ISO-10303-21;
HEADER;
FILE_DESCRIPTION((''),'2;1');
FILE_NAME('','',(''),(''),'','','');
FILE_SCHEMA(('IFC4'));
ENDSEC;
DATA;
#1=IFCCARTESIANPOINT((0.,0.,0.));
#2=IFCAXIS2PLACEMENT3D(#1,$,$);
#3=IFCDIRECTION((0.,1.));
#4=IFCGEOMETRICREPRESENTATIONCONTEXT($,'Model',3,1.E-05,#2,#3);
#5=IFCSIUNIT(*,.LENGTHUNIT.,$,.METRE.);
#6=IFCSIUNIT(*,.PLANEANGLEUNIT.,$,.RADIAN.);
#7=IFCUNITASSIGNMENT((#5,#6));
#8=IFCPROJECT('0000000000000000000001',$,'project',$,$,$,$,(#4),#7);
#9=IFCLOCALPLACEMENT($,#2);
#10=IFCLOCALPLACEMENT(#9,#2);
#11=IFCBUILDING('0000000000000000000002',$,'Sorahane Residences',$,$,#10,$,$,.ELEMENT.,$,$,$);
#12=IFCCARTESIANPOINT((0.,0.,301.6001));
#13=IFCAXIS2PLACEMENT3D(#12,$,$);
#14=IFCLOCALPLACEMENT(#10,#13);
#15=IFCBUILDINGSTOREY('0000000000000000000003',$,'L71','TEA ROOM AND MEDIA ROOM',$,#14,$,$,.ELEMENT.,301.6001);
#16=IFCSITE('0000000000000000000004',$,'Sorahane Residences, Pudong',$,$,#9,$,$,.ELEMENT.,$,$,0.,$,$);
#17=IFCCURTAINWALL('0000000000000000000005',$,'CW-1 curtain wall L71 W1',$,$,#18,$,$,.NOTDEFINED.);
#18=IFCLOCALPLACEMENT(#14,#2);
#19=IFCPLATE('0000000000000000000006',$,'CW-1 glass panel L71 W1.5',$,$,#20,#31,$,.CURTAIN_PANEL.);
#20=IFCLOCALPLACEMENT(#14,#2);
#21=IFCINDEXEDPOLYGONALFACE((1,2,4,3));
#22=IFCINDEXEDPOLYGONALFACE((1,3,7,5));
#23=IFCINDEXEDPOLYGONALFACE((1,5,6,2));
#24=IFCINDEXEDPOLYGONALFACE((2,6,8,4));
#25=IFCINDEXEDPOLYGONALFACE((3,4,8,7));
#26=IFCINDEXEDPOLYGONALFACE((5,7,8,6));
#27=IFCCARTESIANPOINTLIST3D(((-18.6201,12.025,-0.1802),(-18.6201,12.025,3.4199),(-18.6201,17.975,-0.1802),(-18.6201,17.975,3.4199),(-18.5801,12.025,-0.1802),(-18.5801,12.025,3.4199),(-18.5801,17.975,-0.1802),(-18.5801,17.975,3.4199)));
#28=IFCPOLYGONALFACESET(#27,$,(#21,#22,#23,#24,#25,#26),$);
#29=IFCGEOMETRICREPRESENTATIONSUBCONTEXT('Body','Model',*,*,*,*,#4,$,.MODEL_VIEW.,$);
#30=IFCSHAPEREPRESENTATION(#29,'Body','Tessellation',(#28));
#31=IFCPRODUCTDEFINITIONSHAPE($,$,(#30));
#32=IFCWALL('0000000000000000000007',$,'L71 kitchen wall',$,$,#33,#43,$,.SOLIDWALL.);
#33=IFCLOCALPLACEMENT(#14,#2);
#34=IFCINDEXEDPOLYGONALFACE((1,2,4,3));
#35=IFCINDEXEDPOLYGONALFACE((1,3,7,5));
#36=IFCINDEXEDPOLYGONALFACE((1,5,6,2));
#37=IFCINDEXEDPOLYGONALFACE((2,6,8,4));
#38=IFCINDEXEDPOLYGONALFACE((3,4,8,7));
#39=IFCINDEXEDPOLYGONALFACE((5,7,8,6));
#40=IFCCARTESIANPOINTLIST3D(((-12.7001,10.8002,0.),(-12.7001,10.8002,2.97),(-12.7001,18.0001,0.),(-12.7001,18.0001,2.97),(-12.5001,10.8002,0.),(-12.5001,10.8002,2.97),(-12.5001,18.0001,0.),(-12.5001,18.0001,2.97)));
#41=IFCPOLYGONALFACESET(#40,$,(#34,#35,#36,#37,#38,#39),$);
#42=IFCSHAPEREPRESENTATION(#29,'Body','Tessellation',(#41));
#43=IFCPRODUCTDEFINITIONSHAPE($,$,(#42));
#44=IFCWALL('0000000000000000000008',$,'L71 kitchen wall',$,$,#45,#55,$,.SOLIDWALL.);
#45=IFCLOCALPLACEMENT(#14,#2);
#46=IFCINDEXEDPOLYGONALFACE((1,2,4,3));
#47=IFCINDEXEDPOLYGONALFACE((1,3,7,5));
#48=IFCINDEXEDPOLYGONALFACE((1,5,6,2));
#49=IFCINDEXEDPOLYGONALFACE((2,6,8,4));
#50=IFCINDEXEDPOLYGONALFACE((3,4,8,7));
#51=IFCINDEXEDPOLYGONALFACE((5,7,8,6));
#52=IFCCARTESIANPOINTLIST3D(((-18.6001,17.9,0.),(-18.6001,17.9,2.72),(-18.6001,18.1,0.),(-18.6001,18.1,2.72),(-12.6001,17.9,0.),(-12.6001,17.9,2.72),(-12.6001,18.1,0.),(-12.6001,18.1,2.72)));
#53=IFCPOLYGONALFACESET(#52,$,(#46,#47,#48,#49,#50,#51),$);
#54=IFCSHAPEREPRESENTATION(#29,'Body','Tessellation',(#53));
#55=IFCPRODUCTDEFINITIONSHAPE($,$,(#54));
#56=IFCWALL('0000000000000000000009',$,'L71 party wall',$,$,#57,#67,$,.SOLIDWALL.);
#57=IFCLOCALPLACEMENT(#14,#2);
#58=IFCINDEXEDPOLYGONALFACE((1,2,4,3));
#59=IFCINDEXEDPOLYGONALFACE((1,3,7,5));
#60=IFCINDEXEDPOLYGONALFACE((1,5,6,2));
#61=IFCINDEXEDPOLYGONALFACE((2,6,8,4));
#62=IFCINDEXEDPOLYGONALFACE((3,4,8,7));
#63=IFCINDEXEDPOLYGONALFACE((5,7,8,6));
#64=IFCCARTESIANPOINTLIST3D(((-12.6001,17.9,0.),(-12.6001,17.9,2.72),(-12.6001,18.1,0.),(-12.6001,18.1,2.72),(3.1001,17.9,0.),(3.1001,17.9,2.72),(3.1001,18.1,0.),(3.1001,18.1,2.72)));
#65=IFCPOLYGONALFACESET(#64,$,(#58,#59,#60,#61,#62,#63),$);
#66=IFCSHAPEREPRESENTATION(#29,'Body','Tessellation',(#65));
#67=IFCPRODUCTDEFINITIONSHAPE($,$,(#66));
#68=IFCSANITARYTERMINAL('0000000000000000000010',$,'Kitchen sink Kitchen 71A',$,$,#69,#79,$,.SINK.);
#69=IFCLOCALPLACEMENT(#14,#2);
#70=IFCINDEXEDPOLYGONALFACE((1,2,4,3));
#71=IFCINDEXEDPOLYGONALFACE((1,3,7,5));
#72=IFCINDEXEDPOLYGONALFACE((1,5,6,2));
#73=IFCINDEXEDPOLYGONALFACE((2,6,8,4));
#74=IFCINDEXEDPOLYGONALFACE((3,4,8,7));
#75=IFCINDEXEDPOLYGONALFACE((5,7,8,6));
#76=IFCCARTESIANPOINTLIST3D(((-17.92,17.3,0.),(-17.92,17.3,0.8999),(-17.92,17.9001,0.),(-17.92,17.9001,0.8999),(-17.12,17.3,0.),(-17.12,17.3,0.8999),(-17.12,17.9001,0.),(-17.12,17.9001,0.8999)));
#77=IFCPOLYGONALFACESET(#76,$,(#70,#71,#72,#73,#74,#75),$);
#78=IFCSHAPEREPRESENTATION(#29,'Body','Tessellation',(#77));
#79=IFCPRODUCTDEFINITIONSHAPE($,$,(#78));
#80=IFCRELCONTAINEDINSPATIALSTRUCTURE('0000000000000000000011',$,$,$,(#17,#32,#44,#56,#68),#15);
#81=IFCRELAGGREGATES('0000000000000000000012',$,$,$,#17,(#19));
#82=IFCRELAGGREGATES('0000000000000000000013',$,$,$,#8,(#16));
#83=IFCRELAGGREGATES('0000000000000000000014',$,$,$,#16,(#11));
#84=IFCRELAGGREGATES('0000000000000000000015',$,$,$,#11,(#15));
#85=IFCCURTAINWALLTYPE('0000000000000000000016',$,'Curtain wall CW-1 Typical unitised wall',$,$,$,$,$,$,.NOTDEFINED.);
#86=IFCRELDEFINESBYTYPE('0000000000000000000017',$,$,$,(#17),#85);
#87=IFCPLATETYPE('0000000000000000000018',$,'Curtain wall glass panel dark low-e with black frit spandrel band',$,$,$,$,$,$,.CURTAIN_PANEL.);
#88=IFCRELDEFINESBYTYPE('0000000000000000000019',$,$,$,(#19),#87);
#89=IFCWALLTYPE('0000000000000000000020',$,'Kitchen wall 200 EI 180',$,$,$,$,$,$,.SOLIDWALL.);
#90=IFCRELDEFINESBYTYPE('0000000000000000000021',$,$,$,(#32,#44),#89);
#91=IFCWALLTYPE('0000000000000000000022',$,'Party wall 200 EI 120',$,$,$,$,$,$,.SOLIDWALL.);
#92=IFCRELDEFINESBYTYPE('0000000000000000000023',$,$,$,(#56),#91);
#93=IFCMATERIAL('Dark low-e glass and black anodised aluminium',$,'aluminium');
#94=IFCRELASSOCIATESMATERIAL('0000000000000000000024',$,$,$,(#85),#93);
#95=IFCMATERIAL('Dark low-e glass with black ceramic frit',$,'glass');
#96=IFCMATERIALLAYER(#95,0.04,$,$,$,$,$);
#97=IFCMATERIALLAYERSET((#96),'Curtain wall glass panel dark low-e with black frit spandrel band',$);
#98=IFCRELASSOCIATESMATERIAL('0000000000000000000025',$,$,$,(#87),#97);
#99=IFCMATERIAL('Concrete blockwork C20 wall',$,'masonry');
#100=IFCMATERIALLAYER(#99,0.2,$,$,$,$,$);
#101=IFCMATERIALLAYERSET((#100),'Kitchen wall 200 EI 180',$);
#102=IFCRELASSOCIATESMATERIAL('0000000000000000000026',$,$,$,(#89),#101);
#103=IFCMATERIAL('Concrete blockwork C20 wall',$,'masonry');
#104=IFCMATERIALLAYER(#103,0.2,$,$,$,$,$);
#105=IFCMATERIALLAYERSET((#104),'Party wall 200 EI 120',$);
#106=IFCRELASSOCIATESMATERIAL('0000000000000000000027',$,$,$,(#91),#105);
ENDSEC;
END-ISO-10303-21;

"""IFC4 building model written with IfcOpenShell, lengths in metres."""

from ifc_helpers import new_model, si_unit, direction, frame, frame_2d, origin, origin_2d, place, context, subcontext, project, spatial, rectangle, extrude, material, layer, layer_set, type_object, element, aggregate, save


model = new_model("IFC4")

# Units and contexts
model_context = context("Model", 3, precision=1e-05, world=origin(), true_north=direction((0.0, 1.0)))
body_context = subcontext(model_context, "Body", "Model", "MODEL_VIEW")
ifc_project = project(units=[si_unit("LENGTHUNIT", "METRE"), si_unit("PLANEANGLEUNIT", "RADIAN")], contexts=[model_context])

# Site, building, storey
site_placement = place(None, origin())
site = spatial("IfcSite", under=ifc_project, at=site_placement, Name="Sorahane Residences, Pudong", CompositionType="ELEMENT", RefElevation=0.0)
building_placement = place(site_placement, origin())
building = spatial("IfcBuilding", under=site, at=building_placement, Name="Sorahane Residences", CompositionType="ELEMENT")
storey_placement = place(building_placement, frame((0.0, 0.0, 301.6001)))
storey = spatial("IfcBuildingStorey", under=building, at=storey_placement, Name="L71", Description="TEA ROOM AND MEDIA ROOM", CompositionType="ELEMENT", Elevation=301.6001)

# Curtain wall
ifc_material_1 = material(Name="Dark low-e glass and black anodised aluminium", Category="aluminium")
curtain_wall_type = type_object("IfcCurtainWallType", Name="Curtain wall CW-1 Typical unitised wall", PredefinedType="NOTDEFINED", material=ifc_material_1)
curtain_wall_placement = place(storey_placement, origin())
curtain_wall = element("IfcCurtainWall", 1, at=curtain_wall_placement, inside=storey, type_object=curtain_wall_type, Name="CW-1 curtain wall L71 W1", PredefinedType="NOTDEFINED")

# Plate
ifc_material_2 = material(Name="Dark low-e glass with black ceramic frit", Category="glass")
ifc_layer_1 = layer(ifc_material_2, 0.04)
ifc_layer_set_1 = layer_set([ifc_layer_1], Name="Curtain wall glass panel dark low-e with black frit spandrel band")
plate_type = type_object("IfcPlateType", Name="Curtain wall glass panel dark low-e with black frit spandrel band", PredefinedType="CURTAIN_PANEL", material=ifc_layer_set_1)
plate_placement = place(storey_placement, frame((-18.6001, 15.0, -0.1802), z_axis=(0.0, 0.0, 1.0), x_axis=(0.0, -1.0, 0.0)))
plate = element("IfcPlate", 2, at=plate_placement, type_object=plate_type, Name="CW-1 glass panel L71 W1.5", PredefinedType="CURTAIN_PANEL", context=body_context, shape_type="SweptSolid", body=[
    extrude(rectangle(XDim=5.95, YDim=0.04, at=origin_2d()), origin(), (0.0, 0.0, 1.0), 3.6001),
])
aggregate(curtain_wall, [plate])

# Wall
ifc_material_3 = material(Name="Concrete blockwork C20 wall", Category="masonry")
ifc_layer_2 = layer(ifc_material_3, 0.2)
ifc_layer_set_2 = layer_set([ifc_layer_2], Name="Kitchen wall 200 EI 180")
wall_type_1 = type_object("IfcWallType", Name="Kitchen wall 200 EI 180", PredefinedType="SOLIDWALL", material=ifc_layer_set_2)
wall_1_placement = place(storey_placement, frame((-12.6001, 10.8, 0.0), z_axis=(0.0, 0.0, 1.0), x_axis=(0.0, 1.0, 0.0)))
element("IfcWall", 3, at=wall_1_placement, inside=storey, type_object=wall_type_1, Name="L71 kitchen wall", PredefinedType="SOLIDWALL", context=body_context, shape_type="SweptSolid", body=[
    extrude(rectangle(XDim=7.2, YDim=0.2, at=frame_2d((3.6001, 0.0))), origin(), (0.0, 0.0, 1.0), 2.97),
])

# Walls
wall_2_placement = place(storey_placement, frame((-18.6001, 18.0, 0.0), z_axis=(0.0, 0.0, 1.0), x_axis=(1.0, 0.0, 0.0)))
element("IfcWall", 4, at=wall_2_placement, inside=storey, type_object=wall_type_1, Name="L71 kitchen wall", PredefinedType="SOLIDWALL", context=body_context, shape_type="SweptSolid", body=[
    extrude(rectangle(XDim=6.0, YDim=0.2, at=frame_2d((3.0, 0.0))), origin(), (0.0, 0.0, 1.0), 2.72),
])
ifc_material_4 = material(Name="Concrete blockwork C20 wall", Category="masonry")
ifc_layer_3 = layer(ifc_material_4, 0.2)
ifc_layer_set_3 = layer_set([ifc_layer_3], Name="Party wall 200 EI 120")
wall_type_2 = type_object("IfcWallType", Name="Party wall 200 EI 120", PredefinedType="SOLIDWALL", material=ifc_layer_set_3)
wall_3_placement = place(storey_placement, frame((-12.6001, 18.0, 0.0), z_axis=(0.0, 0.0, 1.0), x_axis=(1.0, 0.0, 0.0)))
element("IfcWall", 5, at=wall_3_placement, inside=storey, type_object=wall_type_2, Name="L71 party wall", PredefinedType="SOLIDWALL", context=body_context, shape_type="SweptSolid", body=[
    extrude(rectangle(XDim=15.7002, YDim=0.2, at=frame_2d((7.8501, 0.0))), origin(), (0.0, 0.0, 1.0), 2.72),
])

# Sanitary terminal
sanitary_terminal_placement = place(storey_placement, frame((-17.52, 17.6001, 0.0), z_axis=(0.0, 0.0, 1.0), x_axis=(1.0, 0.0, 0.0)))
element("IfcSanitaryTerminal", 6, at=sanitary_terminal_placement, inside=storey, Name="Kitchen sink Kitchen 71A", PredefinedType="SINK", context=body_context, shape_type="SweptSolid", body=[
    extrude(rectangle(XDim=0.8, YDim=0.6001, at=origin_2d()), origin(), (0.0, 0.0, 1.0), 0.8999),
])

save(model, "model.ifc")
